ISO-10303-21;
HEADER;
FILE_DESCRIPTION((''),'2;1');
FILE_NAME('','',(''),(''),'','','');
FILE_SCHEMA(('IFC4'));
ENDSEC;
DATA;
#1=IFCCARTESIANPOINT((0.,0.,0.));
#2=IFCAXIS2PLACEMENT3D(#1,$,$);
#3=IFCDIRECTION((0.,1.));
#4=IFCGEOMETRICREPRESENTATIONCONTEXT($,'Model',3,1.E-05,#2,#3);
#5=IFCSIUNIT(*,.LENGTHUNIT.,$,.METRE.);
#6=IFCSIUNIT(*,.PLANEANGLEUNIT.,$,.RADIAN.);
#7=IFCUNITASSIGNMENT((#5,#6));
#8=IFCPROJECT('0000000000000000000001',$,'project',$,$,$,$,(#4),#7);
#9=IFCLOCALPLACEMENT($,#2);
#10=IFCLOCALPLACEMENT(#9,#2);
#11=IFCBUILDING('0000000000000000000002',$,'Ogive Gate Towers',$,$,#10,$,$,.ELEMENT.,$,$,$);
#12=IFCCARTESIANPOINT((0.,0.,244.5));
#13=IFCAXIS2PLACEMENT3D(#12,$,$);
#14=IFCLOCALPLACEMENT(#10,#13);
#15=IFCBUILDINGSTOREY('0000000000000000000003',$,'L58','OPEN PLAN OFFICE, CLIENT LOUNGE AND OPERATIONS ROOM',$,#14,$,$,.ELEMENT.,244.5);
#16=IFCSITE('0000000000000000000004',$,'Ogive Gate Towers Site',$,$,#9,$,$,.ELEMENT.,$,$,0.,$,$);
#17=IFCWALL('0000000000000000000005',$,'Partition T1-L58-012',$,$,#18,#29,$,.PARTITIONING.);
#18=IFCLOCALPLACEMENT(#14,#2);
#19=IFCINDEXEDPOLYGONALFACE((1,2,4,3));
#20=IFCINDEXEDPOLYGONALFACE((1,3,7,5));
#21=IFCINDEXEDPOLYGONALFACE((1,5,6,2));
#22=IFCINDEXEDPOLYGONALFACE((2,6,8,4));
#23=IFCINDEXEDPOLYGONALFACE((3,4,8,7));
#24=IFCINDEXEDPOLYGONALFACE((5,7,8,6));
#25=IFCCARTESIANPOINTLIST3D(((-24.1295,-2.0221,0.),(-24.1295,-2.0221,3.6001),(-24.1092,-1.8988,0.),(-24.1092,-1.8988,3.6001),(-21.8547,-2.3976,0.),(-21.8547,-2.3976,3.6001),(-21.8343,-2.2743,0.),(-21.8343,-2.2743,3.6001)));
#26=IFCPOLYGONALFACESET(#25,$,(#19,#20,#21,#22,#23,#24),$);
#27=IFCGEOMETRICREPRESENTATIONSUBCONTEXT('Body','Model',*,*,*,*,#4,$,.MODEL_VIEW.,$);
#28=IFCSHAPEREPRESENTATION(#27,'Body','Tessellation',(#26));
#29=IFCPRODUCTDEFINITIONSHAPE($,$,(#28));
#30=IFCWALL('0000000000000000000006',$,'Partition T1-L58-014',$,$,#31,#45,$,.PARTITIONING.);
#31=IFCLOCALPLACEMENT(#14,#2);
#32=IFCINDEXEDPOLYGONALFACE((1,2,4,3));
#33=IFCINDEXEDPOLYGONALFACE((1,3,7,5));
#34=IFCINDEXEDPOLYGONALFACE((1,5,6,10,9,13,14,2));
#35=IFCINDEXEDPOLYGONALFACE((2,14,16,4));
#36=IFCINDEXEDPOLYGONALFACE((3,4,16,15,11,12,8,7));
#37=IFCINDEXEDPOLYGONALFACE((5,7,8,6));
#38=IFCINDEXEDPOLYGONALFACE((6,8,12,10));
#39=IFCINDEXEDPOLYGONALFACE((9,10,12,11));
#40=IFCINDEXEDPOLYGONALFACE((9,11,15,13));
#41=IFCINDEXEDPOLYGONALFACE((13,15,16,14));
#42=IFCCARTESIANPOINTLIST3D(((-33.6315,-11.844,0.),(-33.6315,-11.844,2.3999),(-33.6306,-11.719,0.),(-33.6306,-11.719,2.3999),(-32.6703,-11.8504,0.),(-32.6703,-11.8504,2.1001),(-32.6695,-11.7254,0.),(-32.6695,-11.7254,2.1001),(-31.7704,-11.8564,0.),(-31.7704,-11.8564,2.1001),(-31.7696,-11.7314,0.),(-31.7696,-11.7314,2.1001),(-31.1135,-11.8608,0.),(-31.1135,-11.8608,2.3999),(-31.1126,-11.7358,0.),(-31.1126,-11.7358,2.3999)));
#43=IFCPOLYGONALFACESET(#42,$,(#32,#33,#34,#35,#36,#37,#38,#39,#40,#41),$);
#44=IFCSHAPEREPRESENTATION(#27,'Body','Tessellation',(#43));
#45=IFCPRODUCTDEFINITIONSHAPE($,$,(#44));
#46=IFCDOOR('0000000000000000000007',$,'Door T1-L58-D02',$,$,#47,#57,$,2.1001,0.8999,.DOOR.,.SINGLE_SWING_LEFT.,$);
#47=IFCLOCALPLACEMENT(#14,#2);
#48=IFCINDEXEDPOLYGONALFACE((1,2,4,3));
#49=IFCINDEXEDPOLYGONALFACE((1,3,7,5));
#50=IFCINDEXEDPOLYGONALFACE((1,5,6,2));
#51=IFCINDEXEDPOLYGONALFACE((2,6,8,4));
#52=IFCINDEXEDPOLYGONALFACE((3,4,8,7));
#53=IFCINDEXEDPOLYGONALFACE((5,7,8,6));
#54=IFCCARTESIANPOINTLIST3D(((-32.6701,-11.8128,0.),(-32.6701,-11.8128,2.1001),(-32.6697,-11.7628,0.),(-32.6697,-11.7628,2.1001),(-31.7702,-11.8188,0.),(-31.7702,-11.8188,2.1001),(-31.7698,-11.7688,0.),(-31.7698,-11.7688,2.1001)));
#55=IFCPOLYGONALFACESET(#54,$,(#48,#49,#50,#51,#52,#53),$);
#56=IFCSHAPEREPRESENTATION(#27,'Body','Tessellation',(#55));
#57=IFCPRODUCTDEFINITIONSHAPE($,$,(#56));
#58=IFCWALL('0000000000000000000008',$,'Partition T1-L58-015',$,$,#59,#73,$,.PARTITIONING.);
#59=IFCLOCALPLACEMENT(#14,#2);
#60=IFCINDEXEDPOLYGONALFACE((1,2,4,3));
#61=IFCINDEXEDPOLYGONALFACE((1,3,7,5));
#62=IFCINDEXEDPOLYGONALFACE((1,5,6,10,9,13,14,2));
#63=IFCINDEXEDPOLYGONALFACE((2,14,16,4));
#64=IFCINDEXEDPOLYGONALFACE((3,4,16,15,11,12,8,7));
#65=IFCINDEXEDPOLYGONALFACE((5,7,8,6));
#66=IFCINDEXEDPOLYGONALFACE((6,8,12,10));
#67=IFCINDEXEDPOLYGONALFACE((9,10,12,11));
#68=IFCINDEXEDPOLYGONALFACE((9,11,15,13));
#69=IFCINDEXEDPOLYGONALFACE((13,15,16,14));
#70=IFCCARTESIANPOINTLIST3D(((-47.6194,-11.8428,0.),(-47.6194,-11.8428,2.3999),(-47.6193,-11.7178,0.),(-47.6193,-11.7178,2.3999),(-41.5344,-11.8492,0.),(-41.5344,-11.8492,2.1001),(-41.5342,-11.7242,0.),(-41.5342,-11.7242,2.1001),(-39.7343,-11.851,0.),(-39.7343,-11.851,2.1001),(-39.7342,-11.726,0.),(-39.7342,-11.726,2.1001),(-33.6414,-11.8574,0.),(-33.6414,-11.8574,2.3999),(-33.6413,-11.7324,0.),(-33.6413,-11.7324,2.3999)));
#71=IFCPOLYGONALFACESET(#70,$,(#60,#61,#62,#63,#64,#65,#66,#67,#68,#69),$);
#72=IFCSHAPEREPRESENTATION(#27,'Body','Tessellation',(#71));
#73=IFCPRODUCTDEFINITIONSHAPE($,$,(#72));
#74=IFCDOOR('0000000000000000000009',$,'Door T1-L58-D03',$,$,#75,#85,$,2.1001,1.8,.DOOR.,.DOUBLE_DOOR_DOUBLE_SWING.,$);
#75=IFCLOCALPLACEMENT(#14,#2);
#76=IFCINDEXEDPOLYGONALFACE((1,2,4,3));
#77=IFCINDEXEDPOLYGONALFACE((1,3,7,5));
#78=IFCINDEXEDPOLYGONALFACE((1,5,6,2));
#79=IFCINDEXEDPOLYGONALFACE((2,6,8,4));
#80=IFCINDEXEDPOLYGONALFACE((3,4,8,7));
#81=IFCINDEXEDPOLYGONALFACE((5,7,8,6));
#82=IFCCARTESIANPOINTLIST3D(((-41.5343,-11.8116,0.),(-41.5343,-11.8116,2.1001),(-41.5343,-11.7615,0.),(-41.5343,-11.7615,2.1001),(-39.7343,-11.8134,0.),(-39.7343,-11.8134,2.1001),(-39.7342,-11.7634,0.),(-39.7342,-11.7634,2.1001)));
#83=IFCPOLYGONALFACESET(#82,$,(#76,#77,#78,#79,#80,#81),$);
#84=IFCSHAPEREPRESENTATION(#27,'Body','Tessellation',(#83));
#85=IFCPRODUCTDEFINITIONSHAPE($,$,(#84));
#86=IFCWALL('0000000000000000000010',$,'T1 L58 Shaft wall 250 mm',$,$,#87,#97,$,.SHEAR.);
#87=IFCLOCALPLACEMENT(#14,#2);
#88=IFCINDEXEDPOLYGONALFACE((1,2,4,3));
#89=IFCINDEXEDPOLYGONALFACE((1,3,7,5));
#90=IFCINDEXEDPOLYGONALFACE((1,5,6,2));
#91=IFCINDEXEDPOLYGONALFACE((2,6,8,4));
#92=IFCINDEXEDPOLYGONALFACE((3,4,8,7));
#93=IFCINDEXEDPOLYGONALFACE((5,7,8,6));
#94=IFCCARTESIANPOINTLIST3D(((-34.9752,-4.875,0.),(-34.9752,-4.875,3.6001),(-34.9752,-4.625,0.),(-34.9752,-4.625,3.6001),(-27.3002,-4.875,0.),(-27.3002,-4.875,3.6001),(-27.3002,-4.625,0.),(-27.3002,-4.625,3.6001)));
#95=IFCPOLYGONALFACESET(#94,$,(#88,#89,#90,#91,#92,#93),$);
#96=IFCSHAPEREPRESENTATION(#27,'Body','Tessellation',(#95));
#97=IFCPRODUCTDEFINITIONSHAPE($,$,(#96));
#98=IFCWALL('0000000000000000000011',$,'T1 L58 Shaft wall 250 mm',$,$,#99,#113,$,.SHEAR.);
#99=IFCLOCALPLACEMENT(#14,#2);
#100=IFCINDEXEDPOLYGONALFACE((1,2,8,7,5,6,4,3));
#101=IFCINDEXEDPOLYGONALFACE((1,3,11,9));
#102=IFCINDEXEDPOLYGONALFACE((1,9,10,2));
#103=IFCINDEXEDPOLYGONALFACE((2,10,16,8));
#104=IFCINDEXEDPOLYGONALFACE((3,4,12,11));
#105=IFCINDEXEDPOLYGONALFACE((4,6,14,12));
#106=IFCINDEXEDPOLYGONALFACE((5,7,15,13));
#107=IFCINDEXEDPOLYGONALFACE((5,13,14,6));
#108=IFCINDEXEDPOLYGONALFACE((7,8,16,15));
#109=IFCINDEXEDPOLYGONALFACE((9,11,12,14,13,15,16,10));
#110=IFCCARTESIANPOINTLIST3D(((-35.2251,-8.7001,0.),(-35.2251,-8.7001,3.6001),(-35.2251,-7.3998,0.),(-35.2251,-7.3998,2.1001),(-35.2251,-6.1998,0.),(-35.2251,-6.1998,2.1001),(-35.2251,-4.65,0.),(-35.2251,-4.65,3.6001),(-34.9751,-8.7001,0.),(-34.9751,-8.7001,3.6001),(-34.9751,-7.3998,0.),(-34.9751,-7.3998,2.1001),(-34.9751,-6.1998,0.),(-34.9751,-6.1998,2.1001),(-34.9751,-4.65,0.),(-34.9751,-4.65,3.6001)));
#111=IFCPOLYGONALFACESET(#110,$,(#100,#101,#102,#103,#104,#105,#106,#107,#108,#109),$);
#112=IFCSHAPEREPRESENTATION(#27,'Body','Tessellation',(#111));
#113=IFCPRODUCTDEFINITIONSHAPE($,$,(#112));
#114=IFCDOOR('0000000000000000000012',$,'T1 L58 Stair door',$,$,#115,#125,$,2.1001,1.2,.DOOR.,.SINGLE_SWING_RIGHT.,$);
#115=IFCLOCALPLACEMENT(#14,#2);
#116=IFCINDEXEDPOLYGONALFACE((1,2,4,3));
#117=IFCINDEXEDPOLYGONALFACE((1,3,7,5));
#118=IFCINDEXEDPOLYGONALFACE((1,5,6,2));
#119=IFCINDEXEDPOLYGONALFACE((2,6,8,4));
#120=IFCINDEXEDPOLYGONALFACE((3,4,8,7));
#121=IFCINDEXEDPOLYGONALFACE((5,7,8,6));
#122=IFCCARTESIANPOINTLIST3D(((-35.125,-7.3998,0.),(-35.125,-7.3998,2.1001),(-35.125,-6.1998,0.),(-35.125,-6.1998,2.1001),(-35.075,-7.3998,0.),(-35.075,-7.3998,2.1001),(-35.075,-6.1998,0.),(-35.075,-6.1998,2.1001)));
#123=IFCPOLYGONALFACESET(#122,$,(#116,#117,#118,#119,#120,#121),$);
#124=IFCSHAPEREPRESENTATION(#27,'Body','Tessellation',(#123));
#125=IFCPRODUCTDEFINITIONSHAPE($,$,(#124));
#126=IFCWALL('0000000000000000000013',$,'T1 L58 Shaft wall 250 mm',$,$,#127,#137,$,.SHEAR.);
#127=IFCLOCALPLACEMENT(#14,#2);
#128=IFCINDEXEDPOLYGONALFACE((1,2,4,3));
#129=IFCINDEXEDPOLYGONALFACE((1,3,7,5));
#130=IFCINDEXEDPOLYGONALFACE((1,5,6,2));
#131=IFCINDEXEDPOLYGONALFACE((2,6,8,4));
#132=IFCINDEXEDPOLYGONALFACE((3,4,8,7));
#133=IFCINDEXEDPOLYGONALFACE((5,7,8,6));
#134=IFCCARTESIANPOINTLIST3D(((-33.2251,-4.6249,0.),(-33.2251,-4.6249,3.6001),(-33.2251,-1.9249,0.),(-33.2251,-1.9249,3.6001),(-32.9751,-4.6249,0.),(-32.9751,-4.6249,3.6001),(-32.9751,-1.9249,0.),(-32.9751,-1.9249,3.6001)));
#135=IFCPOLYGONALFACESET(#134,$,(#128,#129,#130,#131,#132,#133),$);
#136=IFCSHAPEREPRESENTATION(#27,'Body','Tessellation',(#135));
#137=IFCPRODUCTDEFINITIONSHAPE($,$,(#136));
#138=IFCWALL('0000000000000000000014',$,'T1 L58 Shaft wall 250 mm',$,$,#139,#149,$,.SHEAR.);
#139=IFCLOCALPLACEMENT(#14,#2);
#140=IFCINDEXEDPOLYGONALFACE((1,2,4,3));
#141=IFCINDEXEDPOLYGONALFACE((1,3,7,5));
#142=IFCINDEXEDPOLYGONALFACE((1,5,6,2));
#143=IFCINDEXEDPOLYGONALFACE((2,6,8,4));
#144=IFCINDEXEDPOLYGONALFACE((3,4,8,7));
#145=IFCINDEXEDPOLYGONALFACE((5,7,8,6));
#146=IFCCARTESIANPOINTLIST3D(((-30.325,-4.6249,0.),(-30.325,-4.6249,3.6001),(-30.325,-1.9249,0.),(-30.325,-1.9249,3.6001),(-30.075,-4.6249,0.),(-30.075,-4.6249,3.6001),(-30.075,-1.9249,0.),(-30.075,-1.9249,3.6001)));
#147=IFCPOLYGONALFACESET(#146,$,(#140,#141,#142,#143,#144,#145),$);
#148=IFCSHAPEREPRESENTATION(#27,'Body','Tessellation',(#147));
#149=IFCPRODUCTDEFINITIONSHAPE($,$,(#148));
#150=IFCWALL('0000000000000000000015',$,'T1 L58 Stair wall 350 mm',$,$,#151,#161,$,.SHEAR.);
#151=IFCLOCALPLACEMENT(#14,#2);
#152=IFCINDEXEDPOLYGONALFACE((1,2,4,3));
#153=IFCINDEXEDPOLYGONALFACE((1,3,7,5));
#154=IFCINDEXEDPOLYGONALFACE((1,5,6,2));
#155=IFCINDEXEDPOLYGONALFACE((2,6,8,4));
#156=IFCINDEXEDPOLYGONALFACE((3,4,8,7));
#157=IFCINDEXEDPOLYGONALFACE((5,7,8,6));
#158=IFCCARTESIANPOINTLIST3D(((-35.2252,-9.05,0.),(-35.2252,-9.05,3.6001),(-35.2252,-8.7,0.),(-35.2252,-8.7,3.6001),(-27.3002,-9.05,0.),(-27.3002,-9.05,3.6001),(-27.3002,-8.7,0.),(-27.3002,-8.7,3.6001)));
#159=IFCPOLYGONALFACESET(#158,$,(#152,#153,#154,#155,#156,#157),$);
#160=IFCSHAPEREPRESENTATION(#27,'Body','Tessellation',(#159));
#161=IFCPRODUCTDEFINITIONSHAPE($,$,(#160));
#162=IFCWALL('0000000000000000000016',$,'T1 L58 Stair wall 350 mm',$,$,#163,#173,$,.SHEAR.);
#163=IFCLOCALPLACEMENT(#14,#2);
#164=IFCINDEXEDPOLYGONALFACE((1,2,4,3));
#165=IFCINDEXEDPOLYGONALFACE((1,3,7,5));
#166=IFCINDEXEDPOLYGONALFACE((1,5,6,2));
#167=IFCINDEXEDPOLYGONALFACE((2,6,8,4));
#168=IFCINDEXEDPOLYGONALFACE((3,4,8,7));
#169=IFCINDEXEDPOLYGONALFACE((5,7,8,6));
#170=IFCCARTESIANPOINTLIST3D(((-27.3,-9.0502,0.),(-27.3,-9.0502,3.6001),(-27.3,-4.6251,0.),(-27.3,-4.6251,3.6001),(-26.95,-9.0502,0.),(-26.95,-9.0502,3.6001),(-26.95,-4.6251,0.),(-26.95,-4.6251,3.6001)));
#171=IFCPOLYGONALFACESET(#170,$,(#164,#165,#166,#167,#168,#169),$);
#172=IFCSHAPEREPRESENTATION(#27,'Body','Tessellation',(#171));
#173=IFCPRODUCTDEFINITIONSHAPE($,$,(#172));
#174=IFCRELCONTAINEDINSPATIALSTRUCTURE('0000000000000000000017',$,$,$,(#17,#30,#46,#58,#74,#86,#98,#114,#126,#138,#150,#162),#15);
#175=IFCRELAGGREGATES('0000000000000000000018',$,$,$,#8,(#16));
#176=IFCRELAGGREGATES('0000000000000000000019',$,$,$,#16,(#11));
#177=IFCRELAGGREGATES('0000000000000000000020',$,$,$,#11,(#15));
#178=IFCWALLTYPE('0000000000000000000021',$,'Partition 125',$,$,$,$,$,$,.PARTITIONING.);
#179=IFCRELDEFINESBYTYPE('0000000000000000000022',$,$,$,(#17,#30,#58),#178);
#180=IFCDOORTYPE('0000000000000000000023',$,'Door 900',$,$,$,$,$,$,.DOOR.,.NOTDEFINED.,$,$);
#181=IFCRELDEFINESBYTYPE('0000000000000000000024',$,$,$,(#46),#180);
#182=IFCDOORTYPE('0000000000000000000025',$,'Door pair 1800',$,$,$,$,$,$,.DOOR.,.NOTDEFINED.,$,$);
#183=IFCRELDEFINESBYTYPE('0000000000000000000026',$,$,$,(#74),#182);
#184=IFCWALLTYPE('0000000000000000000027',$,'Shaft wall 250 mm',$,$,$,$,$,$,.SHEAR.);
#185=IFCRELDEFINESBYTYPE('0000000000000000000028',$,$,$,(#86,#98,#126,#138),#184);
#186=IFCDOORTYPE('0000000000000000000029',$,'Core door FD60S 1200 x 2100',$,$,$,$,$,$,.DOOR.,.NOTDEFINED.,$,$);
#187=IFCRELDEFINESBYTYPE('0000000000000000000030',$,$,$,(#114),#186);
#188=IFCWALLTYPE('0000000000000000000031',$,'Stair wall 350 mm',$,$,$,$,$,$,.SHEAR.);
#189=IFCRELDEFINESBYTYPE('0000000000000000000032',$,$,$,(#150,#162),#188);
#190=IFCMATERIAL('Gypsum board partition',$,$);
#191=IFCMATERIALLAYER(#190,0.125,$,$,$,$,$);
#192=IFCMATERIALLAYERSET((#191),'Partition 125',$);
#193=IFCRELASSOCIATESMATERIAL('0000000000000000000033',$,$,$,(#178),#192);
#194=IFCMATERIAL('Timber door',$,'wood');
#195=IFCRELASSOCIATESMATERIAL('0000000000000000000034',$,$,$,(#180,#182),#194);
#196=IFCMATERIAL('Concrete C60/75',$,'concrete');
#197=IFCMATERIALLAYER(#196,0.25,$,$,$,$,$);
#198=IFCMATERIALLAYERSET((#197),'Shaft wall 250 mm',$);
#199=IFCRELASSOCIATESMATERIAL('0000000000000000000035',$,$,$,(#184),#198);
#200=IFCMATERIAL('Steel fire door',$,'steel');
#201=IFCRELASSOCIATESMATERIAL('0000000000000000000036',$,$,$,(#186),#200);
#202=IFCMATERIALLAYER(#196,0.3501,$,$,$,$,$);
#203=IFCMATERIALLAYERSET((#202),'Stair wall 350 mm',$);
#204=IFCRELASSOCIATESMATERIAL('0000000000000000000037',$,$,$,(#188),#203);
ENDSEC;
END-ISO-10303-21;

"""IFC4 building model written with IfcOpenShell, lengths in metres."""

from ifc_helpers import new_model, si_unit, direction, frame, frame_2d, origin, place, context, subcontext, project, spatial, rectangle, extrude, material, layer, layer_set, type_object, element, fill, save


model = new_model("IFC4")

# Units and contexts
model_context = context("Model", 3, precision=1e-05, world=origin(), true_north=direction((0.0, 1.0)))
body_context = subcontext(model_context, "Body", "Model", "MODEL_VIEW")
ifc_project = project(units=[si_unit("LENGTHUNIT", "METRE"), si_unit("PLANEANGLEUNIT", "RADIAN")], contexts=[model_context])

# Site, building, storey
site_placement = place(None, origin())
site = spatial("IfcSite", under=ifc_project, at=site_placement, Name="Ogive Gate Towers Site", CompositionType="ELEMENT", RefElevation=0.0)
building_placement = place(site_placement, origin())
building = spatial("IfcBuilding", under=site, at=building_placement, Name="Ogive Gate Towers", CompositionType="ELEMENT")
storey_placement = place(building_placement, frame((0.0, 0.0, 244.5)))
storey = spatial("IfcBuildingStorey", under=building, at=storey_placement, Name="L58", Description="OPEN PLAN OFFICE, CLIENT LOUNGE AND OPERATIONS ROOM", CompositionType="ELEMENT", Elevation=244.5)

# Shared definitions
ifc_material_1 = material(Name="Concrete C60/75", Category="concrete")
ifc_material_2 = material(Name="Steel fire door", Category="steel")

# Wall
ifc_material_3 = material(Name="Gypsum board partition")
ifc_layer_1 = layer(ifc_material_3, 0.125)
ifc_layer_set_1 = layer_set([ifc_layer_1], Name="Partition 125")
wall_type_1 = type_object("IfcWallType", Name="Partition 125", PredefinedType="PARTITIONING", material=ifc_layer_set_1)
wall_1_placement = place(storey_placement, frame((-21.8445, -2.3359, 0.0), z_axis=(0.0, 0.0, 1.0), x_axis=(-0.98665, 0.162853, 0.0)))
element("IfcWall", 1, at=wall_1_placement, inside=storey, type_object=wall_type_1, Name="Partition T1-L58-012", PredefinedType="PARTITIONING", context=body_context, shape_type="SweptSolid", body=[
    extrude(rectangle(XDim=2.3057, YDim=0.125, at=frame_2d((1.1528, 0.0))), origin(), (0.0, 0.0, 1.0), 3.6001),
])

# Walls, openings, doors
wall_2_placement = place(storey_placement, frame((-31.113, -11.7983, 0.0), z_axis=(0.0, 0.0, 1.0), x_axis=(-0.999978, 0.00669, 0.0)))
wall_2 = element("IfcWall", 2, at=wall_2_placement, inside=storey, type_object=wall_type_1, Name="Partition T1-L58-014", PredefinedType="PARTITIONING", context=body_context, shape_type="SweptSolid", body=[
    extrude(rectangle(XDim=2.5181, YDim=0.125, at=frame_2d((1.259, 0.0))), origin(), (0.0, 0.0, 1.0), 2.3999),
])
opening_1_placement = place(wall_2_placement, frame((0.657, 0.0, 0.0)))
opening_1 = element("IfcOpeningElement", 3, at=opening_1_placement, cuts=wall_2, PredefinedType="OPENING", context=body_context, shape_type="SweptSolid", body=[
    extrude(rectangle(XDim=0.8999, YDim=2.1001, at=frame_2d((0.45, 1.05))), frame((0.0, 0.0725, 0.0), z_axis=(0.0, -1.0, 0.0), x_axis=(1.0, 0.0, 0.0)), (0.0, 0.0, 1.0), 0.145),
])
ifc_material_4 = material(Name="Timber door", Category="wood")
door_type_1 = type_object("IfcDoorType", Name="Door 900", OperationType="NOTDEFINED", PredefinedType="DOOR", material=ifc_material_4)
door_1_placement = place(opening_1_placement, origin())
door_1 = element("IfcDoor", 4, at=door_1_placement, inside=storey, type_object=door_type_1, Name="Door T1-L58-D02", OperationType="SINGLE_SWING_LEFT", OverallHeight=2.1001, OverallWidth=0.8999, PredefinedType="DOOR", context=body_context, shape_type="SweptSolid", body=[
    extrude(rectangle(XDim=0.8999, YDim=2.1001, at=frame_2d((0.45, 1.05))), frame((0.0, 0.0249, 0.0), z_axis=(0.0, -1.0, 0.0), x_axis=(1.0, 0.0, 0.0)), (0.0, 0.0, 1.0), 0.05),
])
fill(opening_1, door_1)
wall_3_placement = place(storey_placement, frame((-33.6414, -11.7949, 0.0), z_axis=(0.0, 0.0, 1.0), x_axis=(-0.999999, 0.001048, 0.0)))
wall_3 = element("IfcWall", 5, at=wall_3_placement, inside=storey, type_object=wall_type_1, Name="Partition T1-L58-015", PredefinedType="PARTITIONING", context=body_context, shape_type="SweptSolid", body=[
    extrude(rectangle(XDim=13.978, YDim=0.125, at=frame_2d((6.989, 0.0))), origin(), (0.0, 0.0, 1.0), 2.3999),
])
opening_2_placement = place(wall_3_placement, frame((6.093, 0.0, 0.0)))
opening_2 = element("IfcOpeningElement", 6, at=opening_2_placement, cuts=wall_3, PredefinedType="OPENING", context=body_context, shape_type="SweptSolid", body=[
    extrude(rectangle(XDim=1.8, YDim=2.1001, at=frame_2d((0.8999, 1.05))), frame((0.0, 0.0725, 0.0), z_axis=(0.0, -1.0, 0.0), x_axis=(1.0, 0.0, 0.0)), (0.0, 0.0, 1.0), 0.145),
])
door_type_2 = type_object("IfcDoorType", Name="Door pair 1800", OperationType="NOTDEFINED", PredefinedType="DOOR", material=ifc_material_4)
door_2_placement = place(opening_2_placement, origin())
door_2 = element("IfcDoor", 7, at=door_2_placement, inside=storey, type_object=door_type_2, Name="Door T1-L58-D03", OperationType="DOUBLE_DOOR_DOUBLE_SWING", OverallHeight=2.1001, OverallWidth=1.8, PredefinedType="DOOR", context=body_context, shape_type="SweptSolid", body=[
    extrude(rectangle(XDim=1.8, YDim=2.1001, at=frame_2d((0.8999, 1.05))), frame((0.0, 0.0249, 0.0), z_axis=(0.0, -1.0, 0.0), x_axis=(1.0, 0.0, 0.0)), (0.0, 0.0, 1.0), 0.05),
])
fill(opening_2, door_2)

# Wall
ifc_layer_2 = layer(ifc_material_1, 0.25)
ifc_layer_set_2 = layer_set([ifc_layer_2], Name="Shaft wall 250 mm")
wall_type_2 = type_object("IfcWallType", Name="Shaft wall 250 mm", PredefinedType="SHEAR", material=ifc_layer_set_2)
wall_4_placement = place(storey_placement, frame((-34.9751, -4.75, 0.0), z_axis=(0.0, 0.0, 1.0), x_axis=(1.0, 0.0, 0.0)))
element("IfcWall", 8, at=wall_4_placement, inside=storey, type_object=wall_type_2, Name="T1 L58 Shaft wall 250 mm", PredefinedType="SHEAR", context=body_context, shape_type="SweptSolid", body=[
    extrude(rectangle(XDim=7.675, YDim=0.25, at=frame_2d((3.8374, 0.0))), origin(), (0.0, 0.0, 1.0), 3.6001),
])

# Wall, opening, door
wall_5_placement = place(storey_placement, frame((-35.1001, -8.7, 0.0), z_axis=(0.0, 0.0, 1.0), x_axis=(0.0, 1.0, 0.0)))
wall_5 = element("IfcWall", 9, at=wall_5_placement, inside=storey, type_object=wall_type_2, Name="T1 L58 Shaft wall 250 mm", PredefinedType="SHEAR", context=body_context, shape_type="SweptSolid", body=[
    extrude(rectangle(XDim=4.05, YDim=0.25, at=frame_2d((2.0249, 0.0))), origin(), (0.0, 0.0, 1.0), 3.6001),
])
opening_3_placement = place(wall_5_placement, frame((1.3, 0.0, 0.0)))
opening_3 = element("IfcOpeningElement", 10, at=opening_3_placement, cuts=wall_5, PredefinedType="OPENING", context=body_context, shape_type="SweptSolid", body=[
    extrude(rectangle(XDim=1.2, YDim=2.1001, at=frame_2d((0.6001, 1.05))), frame((0.0, 0.135, 0.0), z_axis=(0.0, -1.0, 0.0), x_axis=(1.0, 0.0, 0.0)), (0.0, 0.0, 1.0), 0.27),
])
door_type_3 = type_object("IfcDoorType", Name="Core door FD60S 1200 x 2100", OperationType="NOTDEFINED", PredefinedType="DOOR", material=ifc_material_2)
door_3_placement = place(opening_3_placement, origin())
door_3 = element("IfcDoor", 11, at=door_3_placement, inside=storey, type_object=door_type_3, Name="T1 L58 Stair door", OperationType="SINGLE_SWING_RIGHT", OverallHeight=2.1001, OverallWidth=1.2, PredefinedType="DOOR", context=body_context, shape_type="SweptSolid", body=[
    extrude(rectangle(XDim=1.2, YDim=2.1001, at=frame_2d((0.6001, 1.05))), frame((0.0, 0.0249, 0.0), z_axis=(0.0, -1.0, 0.0), x_axis=(1.0, 0.0, 0.0)), (0.0, 0.0, 1.0), 0.05),
])
fill(opening_3, door_3)

# Walls
for number, where, z_axis, x_axis, name in (
    (12, (-33.1001, -4.625, 0.0), (0.0, 0.0, 1.0), (0.0, 1.0, 0.0), "T1 L58 Shaft wall 250 mm"),
    (13, (-30.2, -4.625, 0.0), (0.0, 0.0, 1.0), (0.0, 1.0, 0.0), "T1 L58 Shaft wall 250 mm"),
):
    element("IfcWall", number, at=place(storey_placement, frame(where, z_axis=z_axis, x_axis=x_axis)), inside=storey, type_object=wall_type_2, Name=name, PredefinedType="SHEAR", context=body_context, shape_type="SweptSolid", body=[
        extrude(rectangle(XDim=2.7, YDim=0.25, at=frame_2d((1.3501, 0.0))), origin(), (0.0, 0.0, 1.0), 3.6001),
    ])
ifc_layer_3 = layer(ifc_material_1, 0.3501)
ifc_layer_set_3 = layer_set([ifc_layer_3], Name="Stair wall 350 mm")
wall_type_3 = type_object("IfcWallType", Name="Stair wall 350 mm", PredefinedType="SHEAR", material=ifc_layer_set_3)
wall_6_placement = place(storey_placement, frame((-35.2251, -8.875, 0.0), z_axis=(0.0, 0.0, 1.0), x_axis=(1.0, 0.0, 0.0)))
element("IfcWall", 14, at=wall_6_placement, inside=storey, type_object=wall_type_3, Name="T1 L58 Stair wall 350 mm", PredefinedType="SHEAR", context=body_context, shape_type="SweptSolid", body=[
    extrude(rectangle(XDim=7.925, YDim=0.3501, at=frame_2d((3.9624, 0.0))), origin(), (0.0, 0.0, 1.0), 3.6001),
])
wall_7_placement = place(storey_placement, frame((-27.125, -9.05, 0.0), z_axis=(0.0, 0.0, 1.0), x_axis=(0.0, 1.0, 0.0)))
element("IfcWall", 15, at=wall_7_placement, inside=storey, type_object=wall_type_3, Name="T1 L58 Stair wall 350 mm", PredefinedType="SHEAR", context=body_context, shape_type="SweptSolid", body=[
    extrude(rectangle(XDim=4.425, YDim=0.3501, at=frame_2d((2.2124, 0.0))), origin(), (0.0, 0.0, 1.0), 3.6001),
])

save(model, "model.ifc")
